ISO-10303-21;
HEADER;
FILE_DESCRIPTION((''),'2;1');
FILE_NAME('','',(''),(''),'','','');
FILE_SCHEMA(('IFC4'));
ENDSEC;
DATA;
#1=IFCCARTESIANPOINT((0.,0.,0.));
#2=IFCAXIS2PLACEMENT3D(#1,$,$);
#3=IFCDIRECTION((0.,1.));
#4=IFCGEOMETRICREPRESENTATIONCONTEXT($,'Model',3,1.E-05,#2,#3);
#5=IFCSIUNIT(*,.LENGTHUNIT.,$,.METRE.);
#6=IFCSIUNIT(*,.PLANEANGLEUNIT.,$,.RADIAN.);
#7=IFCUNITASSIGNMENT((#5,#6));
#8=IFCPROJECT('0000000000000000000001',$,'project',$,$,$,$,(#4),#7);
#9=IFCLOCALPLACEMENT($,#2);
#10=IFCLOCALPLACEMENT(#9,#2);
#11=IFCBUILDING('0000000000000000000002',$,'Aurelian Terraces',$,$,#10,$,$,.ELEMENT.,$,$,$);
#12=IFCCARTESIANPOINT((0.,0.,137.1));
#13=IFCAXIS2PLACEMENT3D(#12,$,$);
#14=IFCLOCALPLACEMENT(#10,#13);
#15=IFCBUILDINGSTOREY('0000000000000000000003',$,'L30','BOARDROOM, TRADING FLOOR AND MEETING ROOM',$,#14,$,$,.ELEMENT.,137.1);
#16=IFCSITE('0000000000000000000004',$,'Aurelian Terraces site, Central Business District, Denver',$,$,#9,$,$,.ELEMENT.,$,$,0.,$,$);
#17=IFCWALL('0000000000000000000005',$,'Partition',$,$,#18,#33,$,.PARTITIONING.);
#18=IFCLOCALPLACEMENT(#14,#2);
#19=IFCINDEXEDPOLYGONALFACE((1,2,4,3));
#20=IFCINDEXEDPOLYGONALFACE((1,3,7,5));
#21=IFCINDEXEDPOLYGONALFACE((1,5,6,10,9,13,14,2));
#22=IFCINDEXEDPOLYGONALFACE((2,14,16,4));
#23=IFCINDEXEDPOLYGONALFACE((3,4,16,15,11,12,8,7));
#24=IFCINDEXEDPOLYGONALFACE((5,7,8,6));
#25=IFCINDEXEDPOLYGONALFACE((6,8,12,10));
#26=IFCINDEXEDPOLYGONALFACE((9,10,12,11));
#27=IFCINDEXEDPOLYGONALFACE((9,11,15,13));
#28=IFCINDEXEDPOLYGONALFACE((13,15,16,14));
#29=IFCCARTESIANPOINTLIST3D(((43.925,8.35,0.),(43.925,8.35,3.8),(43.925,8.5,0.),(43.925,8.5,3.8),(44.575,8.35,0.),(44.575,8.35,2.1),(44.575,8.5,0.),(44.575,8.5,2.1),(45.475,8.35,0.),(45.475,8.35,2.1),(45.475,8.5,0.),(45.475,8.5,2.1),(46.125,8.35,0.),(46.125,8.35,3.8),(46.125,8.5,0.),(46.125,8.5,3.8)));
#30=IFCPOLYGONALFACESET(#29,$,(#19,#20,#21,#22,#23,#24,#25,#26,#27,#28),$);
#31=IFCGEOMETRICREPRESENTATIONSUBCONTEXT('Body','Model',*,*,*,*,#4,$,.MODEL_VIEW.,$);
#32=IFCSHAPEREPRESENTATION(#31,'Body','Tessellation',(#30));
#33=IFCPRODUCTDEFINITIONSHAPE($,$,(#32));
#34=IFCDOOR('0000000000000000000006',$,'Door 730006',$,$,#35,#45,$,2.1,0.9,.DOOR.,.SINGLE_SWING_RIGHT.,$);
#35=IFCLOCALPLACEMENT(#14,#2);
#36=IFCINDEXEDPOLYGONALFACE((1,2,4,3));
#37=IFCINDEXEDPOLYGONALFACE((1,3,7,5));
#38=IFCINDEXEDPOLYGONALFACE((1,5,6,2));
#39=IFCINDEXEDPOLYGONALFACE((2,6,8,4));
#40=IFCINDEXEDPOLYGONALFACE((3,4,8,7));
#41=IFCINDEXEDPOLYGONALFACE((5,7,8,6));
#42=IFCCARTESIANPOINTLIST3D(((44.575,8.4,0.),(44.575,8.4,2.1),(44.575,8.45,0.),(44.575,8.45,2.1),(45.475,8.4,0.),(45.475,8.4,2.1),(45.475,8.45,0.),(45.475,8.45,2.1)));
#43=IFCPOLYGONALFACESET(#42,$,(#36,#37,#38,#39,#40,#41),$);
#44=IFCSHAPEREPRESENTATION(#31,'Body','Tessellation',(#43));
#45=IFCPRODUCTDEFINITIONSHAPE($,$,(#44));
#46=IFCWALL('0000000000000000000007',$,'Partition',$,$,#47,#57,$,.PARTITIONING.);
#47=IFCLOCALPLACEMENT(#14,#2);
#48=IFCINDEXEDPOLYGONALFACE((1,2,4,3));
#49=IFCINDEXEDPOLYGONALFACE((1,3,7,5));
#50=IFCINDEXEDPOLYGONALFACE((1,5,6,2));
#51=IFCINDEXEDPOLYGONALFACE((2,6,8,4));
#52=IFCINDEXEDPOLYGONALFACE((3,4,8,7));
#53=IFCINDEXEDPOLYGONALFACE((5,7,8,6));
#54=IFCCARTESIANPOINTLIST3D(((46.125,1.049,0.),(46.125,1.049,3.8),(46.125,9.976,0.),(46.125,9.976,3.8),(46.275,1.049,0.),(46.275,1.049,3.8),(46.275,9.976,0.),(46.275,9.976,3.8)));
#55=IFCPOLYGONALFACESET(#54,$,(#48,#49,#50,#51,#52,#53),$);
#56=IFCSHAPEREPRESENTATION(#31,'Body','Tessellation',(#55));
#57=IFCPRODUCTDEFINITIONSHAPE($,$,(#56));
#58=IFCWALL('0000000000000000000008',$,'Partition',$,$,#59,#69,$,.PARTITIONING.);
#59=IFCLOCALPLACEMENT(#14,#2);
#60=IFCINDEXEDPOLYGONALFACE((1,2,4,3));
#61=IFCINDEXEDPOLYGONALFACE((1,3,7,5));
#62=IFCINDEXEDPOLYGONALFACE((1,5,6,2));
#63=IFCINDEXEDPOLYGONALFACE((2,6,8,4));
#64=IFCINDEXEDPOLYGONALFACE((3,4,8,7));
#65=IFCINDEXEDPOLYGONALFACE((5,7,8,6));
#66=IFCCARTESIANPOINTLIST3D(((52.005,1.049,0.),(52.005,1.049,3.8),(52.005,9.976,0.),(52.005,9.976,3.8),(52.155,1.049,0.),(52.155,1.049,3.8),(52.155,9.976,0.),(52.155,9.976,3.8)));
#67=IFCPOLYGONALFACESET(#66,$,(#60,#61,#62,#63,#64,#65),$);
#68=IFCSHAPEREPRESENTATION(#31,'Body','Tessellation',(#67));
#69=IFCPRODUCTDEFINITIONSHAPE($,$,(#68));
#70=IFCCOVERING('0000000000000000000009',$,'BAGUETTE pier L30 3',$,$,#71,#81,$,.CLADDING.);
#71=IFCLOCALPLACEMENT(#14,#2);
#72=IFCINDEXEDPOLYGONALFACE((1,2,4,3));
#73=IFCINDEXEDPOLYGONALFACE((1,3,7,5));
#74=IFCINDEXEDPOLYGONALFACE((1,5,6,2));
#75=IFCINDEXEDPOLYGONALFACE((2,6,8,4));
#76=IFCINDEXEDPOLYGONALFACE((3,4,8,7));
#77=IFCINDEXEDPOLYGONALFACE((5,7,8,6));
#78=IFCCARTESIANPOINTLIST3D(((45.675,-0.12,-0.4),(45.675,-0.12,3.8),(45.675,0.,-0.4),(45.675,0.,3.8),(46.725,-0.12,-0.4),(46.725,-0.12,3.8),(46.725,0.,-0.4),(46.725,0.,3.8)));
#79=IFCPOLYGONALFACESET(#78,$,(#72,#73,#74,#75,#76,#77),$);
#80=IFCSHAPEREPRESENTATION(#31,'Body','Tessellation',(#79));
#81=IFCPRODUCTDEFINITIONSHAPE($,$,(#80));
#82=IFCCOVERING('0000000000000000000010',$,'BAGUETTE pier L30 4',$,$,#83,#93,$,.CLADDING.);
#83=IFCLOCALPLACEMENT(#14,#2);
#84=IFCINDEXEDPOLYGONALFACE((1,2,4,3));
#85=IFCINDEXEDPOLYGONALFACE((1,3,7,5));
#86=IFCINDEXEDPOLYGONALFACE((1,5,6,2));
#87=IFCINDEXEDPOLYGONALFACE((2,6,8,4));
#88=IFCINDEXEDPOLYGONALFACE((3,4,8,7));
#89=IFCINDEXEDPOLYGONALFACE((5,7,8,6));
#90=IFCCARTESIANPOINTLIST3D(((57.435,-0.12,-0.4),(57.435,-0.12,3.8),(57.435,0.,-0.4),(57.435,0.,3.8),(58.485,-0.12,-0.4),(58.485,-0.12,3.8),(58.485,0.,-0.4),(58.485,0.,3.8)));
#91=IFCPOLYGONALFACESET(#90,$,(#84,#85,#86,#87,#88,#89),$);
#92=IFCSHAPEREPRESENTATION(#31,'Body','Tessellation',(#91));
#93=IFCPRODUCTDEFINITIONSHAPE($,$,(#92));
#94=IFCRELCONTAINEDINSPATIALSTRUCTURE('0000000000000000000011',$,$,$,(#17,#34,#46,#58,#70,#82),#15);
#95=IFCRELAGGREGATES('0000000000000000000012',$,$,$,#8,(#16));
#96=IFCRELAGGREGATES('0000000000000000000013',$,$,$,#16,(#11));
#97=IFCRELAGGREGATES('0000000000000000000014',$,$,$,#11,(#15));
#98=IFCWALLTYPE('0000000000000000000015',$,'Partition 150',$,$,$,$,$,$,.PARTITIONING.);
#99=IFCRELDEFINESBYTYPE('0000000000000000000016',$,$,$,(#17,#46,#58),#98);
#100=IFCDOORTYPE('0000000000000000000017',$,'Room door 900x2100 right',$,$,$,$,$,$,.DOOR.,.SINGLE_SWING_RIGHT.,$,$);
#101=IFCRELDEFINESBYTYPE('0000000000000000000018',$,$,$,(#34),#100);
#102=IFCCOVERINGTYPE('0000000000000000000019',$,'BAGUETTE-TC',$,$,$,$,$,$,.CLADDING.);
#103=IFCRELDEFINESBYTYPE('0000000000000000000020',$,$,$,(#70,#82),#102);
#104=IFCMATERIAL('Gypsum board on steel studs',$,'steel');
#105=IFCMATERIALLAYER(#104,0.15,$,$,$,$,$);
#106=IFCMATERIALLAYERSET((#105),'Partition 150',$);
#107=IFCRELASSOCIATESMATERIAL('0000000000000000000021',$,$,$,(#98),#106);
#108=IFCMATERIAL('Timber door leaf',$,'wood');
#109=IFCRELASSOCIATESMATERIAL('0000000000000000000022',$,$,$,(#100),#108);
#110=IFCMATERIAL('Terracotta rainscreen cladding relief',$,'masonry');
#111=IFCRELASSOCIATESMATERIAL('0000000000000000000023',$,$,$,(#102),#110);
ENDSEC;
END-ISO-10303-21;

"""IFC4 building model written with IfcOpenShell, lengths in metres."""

from ifc_helpers import new_model, si_unit, direction, frame, frame_2d, origin, origin_2d, place, context, subcontext, project, spatial, rectangle, extrude, source, transform, mapped, material, layer, layer_set, type_object, element, fill, save


model = new_model("IFC4")

# Units and contexts
model_context = context("Model", 3, precision=1e-05, world=origin(), true_north=direction((0.0, 1.0)))
body_context = subcontext(model_context, "Body", "Model", "MODEL_VIEW")
ifc_project = project(units=[si_unit("LENGTHUNIT", "METRE"), si_unit("PLANEANGLEUNIT", "RADIAN")], contexts=[model_context])

# Site, building, storey
site_placement = place(None, origin())
site = spatial("IfcSite", under=ifc_project, at=site_placement, Name="Aurelian Terraces site, Central Business District, Denver", CompositionType="ELEMENT", RefElevation=0.0)
building_placement = place(site_placement, origin())
building = spatial("IfcBuilding", under=site, at=building_placement, Name="Aurelian Terraces", CompositionType="ELEMENT")
storey_placement = place(building_placement, frame((0.0, 0.0, 137.1)))
storey = spatial("IfcBuildingStorey", under=building, at=storey_placement, Name="L30", Description="BOARDROOM, TRADING FLOOR AND MEETING ROOM", CompositionType="ELEMENT", Elevation=137.1)

# Shared definitions
ifc_material_1 = material(Name="Timber door leaf", Category="wood")

# Shared definitions
ifc_material_2 = material(Name="Gypsum board on steel studs", Category="steel")

# Wall, opening, door
ifc_layer_1 = layer(ifc_material_2, 0.15)
ifc_layer_set_1 = layer_set([ifc_layer_1], Name="Partition 150")
wall_type_1 = type_object("IfcWallType", Name="Partition 150", PredefinedType="PARTITIONING", material=ifc_layer_set_1)
shared_shape_1 = source(origin(), body_context, "Body", "SweptSolid", [
    extrude(rectangle(XDim=2.2, YDim=0.15, at=frame_2d((1.1, 0.0))), origin(), (0.0, 0.0, 1.0), 3.8),
])
wall_1_placement = place(storey_placement, frame((46.125, 8.425, 0.0), z_axis=(0.0, 0.0, 1.0), x_axis=(-1.0, 0.0, 0.0)))
wall_1 = element("IfcWall", 1, at=wall_1_placement, inside=storey, type_object=wall_type_1, Name="Partition", PredefinedType="PARTITIONING", context=body_context, shape_type="MappedRepresentation", body=[
    mapped(shared_shape_1, transform((0.0, 0.0, 0.0), scale=1.0)),
])
shared_shape_2 = source(origin(), body_context, "Body", "SweptSolid", [
    extrude(rectangle(XDim=0.9, YDim=2.1, at=frame_2d((0.45, 1.05))), frame((0.0, 0.085, 0.0), z_axis=(0.0, -1.0, 0.0), x_axis=(1.0, 0.0, 0.0)), (0.0, 0.0, 1.0), 0.17),
])
opening_1_placement = place(wall_1_placement, frame((0.65, 0.0, 0.0)))
opening_1 = element("IfcOpeningElement", 2, at=opening_1_placement, cuts=wall_1, PredefinedType="OPENING", context=body_context, shape_type="MappedRepresentation", body=[
    mapped(shared_shape_2, transform((0.0, 0.0, 0.0), scale=1.0)),
])
door_type_1 = type_object("IfcDoorType", Name="Room door 900x2100 right", OperationType="SINGLE_SWING_RIGHT", PredefinedType="DOOR", material=ifc_material_1)
shared_shape_3 = source(origin(), body_context, "Body", "SweptSolid", [
    extrude(rectangle(XDim=0.9, YDim=2.1, at=frame_2d((0.45, 1.05))), frame((0.0, 0.025, 0.0), z_axis=(0.0, -1.0, 0.0), x_axis=(1.0, 0.0, 0.0)), (0.0, 0.0, 1.0), 0.05),
])
door_1_placement = place(opening_1_placement, origin())
door_1 = element("IfcDoor", 3, at=door_1_placement, inside=storey, type_object=door_type_1, Name="Door 730006", OperationType="SINGLE_SWING_RIGHT", OverallHeight=2.1, OverallWidth=0.9, PredefinedType="DOOR", context=body_context, shape_type="MappedRepresentation", body=[
    mapped(shared_shape_3, transform((0.0, 0.0, 0.0), scale=1.0)),
])
fill(opening_1, door_1)

# Walls
shared_shape_4 = source(origin(), body_context, "Body", "SweptSolid", [
    extrude(rectangle(XDim=8.927, YDim=0.15, at=frame_2d((4.4635, 0.0))), origin(), (0.0, 0.0, 1.0), 3.8),
])
for number, where, z_axis, x_axis, name in (
    (4, (46.2, 1.049, 0.0), (0.0, 0.0, 1.0), (0.0, 1.0, 0.0), "Partition"),
    (5, (52.08, 1.049, 0.0), (0.0, 0.0, 1.0), (0.0, 1.0, 0.0), "Partition"),
):
    element("IfcWall", number, at=place(storey_placement, frame(where, z_axis=z_axis, x_axis=x_axis)), inside=storey, type_object=wall_type_1, Name=name, PredefinedType="PARTITIONING", context=body_context, shape_type="MappedRepresentation", body=[
        mapped(shared_shape_4, transform((0.0, 0.0, 0.0), scale=1.0)),
    ])

# Coverings
ifc_material_3 = material(Name="Terracotta rainscreen cladding relief", Category="masonry")
covering_type = type_object("IfcCoveringType", Name="BAGUETTE-TC", PredefinedType="CLADDING", material=ifc_material_3)
shared_shape_5 = source(origin(), body_context, "Body", "SweptSolid", [
    extrude(rectangle(XDim=1.05, YDim=0.12, at=origin_2d()), origin(), (0.0, 0.0, 1.0), 4.2),
])
for number, where, z_axis, x_axis, name in (
    (6, (46.2, -0.06, -0.4), (0.0, 0.0, 1.0), (1.0, 0.0, 0.0), "BAGUETTE pier L30 3"),
    (7, (57.96, -0.06, -0.4), (0.0, 0.0, 1.0), (1.0, 0.0, 0.0), "BAGUETTE pier L30 4"),
):
    element("IfcCovering", number, at=place(storey_placement, frame(where, z_axis=z_axis, x_axis=x_axis)), inside=storey, type_object=covering_type, Name=name, PredefinedType="CLADDING", context=body_context, shape_type="MappedRepresentation", body=[
        mapped(shared_shape_5, transform((0.0, 0.0, 0.0), scale=1.0)),
    ])

save(model, "model.ifc")
